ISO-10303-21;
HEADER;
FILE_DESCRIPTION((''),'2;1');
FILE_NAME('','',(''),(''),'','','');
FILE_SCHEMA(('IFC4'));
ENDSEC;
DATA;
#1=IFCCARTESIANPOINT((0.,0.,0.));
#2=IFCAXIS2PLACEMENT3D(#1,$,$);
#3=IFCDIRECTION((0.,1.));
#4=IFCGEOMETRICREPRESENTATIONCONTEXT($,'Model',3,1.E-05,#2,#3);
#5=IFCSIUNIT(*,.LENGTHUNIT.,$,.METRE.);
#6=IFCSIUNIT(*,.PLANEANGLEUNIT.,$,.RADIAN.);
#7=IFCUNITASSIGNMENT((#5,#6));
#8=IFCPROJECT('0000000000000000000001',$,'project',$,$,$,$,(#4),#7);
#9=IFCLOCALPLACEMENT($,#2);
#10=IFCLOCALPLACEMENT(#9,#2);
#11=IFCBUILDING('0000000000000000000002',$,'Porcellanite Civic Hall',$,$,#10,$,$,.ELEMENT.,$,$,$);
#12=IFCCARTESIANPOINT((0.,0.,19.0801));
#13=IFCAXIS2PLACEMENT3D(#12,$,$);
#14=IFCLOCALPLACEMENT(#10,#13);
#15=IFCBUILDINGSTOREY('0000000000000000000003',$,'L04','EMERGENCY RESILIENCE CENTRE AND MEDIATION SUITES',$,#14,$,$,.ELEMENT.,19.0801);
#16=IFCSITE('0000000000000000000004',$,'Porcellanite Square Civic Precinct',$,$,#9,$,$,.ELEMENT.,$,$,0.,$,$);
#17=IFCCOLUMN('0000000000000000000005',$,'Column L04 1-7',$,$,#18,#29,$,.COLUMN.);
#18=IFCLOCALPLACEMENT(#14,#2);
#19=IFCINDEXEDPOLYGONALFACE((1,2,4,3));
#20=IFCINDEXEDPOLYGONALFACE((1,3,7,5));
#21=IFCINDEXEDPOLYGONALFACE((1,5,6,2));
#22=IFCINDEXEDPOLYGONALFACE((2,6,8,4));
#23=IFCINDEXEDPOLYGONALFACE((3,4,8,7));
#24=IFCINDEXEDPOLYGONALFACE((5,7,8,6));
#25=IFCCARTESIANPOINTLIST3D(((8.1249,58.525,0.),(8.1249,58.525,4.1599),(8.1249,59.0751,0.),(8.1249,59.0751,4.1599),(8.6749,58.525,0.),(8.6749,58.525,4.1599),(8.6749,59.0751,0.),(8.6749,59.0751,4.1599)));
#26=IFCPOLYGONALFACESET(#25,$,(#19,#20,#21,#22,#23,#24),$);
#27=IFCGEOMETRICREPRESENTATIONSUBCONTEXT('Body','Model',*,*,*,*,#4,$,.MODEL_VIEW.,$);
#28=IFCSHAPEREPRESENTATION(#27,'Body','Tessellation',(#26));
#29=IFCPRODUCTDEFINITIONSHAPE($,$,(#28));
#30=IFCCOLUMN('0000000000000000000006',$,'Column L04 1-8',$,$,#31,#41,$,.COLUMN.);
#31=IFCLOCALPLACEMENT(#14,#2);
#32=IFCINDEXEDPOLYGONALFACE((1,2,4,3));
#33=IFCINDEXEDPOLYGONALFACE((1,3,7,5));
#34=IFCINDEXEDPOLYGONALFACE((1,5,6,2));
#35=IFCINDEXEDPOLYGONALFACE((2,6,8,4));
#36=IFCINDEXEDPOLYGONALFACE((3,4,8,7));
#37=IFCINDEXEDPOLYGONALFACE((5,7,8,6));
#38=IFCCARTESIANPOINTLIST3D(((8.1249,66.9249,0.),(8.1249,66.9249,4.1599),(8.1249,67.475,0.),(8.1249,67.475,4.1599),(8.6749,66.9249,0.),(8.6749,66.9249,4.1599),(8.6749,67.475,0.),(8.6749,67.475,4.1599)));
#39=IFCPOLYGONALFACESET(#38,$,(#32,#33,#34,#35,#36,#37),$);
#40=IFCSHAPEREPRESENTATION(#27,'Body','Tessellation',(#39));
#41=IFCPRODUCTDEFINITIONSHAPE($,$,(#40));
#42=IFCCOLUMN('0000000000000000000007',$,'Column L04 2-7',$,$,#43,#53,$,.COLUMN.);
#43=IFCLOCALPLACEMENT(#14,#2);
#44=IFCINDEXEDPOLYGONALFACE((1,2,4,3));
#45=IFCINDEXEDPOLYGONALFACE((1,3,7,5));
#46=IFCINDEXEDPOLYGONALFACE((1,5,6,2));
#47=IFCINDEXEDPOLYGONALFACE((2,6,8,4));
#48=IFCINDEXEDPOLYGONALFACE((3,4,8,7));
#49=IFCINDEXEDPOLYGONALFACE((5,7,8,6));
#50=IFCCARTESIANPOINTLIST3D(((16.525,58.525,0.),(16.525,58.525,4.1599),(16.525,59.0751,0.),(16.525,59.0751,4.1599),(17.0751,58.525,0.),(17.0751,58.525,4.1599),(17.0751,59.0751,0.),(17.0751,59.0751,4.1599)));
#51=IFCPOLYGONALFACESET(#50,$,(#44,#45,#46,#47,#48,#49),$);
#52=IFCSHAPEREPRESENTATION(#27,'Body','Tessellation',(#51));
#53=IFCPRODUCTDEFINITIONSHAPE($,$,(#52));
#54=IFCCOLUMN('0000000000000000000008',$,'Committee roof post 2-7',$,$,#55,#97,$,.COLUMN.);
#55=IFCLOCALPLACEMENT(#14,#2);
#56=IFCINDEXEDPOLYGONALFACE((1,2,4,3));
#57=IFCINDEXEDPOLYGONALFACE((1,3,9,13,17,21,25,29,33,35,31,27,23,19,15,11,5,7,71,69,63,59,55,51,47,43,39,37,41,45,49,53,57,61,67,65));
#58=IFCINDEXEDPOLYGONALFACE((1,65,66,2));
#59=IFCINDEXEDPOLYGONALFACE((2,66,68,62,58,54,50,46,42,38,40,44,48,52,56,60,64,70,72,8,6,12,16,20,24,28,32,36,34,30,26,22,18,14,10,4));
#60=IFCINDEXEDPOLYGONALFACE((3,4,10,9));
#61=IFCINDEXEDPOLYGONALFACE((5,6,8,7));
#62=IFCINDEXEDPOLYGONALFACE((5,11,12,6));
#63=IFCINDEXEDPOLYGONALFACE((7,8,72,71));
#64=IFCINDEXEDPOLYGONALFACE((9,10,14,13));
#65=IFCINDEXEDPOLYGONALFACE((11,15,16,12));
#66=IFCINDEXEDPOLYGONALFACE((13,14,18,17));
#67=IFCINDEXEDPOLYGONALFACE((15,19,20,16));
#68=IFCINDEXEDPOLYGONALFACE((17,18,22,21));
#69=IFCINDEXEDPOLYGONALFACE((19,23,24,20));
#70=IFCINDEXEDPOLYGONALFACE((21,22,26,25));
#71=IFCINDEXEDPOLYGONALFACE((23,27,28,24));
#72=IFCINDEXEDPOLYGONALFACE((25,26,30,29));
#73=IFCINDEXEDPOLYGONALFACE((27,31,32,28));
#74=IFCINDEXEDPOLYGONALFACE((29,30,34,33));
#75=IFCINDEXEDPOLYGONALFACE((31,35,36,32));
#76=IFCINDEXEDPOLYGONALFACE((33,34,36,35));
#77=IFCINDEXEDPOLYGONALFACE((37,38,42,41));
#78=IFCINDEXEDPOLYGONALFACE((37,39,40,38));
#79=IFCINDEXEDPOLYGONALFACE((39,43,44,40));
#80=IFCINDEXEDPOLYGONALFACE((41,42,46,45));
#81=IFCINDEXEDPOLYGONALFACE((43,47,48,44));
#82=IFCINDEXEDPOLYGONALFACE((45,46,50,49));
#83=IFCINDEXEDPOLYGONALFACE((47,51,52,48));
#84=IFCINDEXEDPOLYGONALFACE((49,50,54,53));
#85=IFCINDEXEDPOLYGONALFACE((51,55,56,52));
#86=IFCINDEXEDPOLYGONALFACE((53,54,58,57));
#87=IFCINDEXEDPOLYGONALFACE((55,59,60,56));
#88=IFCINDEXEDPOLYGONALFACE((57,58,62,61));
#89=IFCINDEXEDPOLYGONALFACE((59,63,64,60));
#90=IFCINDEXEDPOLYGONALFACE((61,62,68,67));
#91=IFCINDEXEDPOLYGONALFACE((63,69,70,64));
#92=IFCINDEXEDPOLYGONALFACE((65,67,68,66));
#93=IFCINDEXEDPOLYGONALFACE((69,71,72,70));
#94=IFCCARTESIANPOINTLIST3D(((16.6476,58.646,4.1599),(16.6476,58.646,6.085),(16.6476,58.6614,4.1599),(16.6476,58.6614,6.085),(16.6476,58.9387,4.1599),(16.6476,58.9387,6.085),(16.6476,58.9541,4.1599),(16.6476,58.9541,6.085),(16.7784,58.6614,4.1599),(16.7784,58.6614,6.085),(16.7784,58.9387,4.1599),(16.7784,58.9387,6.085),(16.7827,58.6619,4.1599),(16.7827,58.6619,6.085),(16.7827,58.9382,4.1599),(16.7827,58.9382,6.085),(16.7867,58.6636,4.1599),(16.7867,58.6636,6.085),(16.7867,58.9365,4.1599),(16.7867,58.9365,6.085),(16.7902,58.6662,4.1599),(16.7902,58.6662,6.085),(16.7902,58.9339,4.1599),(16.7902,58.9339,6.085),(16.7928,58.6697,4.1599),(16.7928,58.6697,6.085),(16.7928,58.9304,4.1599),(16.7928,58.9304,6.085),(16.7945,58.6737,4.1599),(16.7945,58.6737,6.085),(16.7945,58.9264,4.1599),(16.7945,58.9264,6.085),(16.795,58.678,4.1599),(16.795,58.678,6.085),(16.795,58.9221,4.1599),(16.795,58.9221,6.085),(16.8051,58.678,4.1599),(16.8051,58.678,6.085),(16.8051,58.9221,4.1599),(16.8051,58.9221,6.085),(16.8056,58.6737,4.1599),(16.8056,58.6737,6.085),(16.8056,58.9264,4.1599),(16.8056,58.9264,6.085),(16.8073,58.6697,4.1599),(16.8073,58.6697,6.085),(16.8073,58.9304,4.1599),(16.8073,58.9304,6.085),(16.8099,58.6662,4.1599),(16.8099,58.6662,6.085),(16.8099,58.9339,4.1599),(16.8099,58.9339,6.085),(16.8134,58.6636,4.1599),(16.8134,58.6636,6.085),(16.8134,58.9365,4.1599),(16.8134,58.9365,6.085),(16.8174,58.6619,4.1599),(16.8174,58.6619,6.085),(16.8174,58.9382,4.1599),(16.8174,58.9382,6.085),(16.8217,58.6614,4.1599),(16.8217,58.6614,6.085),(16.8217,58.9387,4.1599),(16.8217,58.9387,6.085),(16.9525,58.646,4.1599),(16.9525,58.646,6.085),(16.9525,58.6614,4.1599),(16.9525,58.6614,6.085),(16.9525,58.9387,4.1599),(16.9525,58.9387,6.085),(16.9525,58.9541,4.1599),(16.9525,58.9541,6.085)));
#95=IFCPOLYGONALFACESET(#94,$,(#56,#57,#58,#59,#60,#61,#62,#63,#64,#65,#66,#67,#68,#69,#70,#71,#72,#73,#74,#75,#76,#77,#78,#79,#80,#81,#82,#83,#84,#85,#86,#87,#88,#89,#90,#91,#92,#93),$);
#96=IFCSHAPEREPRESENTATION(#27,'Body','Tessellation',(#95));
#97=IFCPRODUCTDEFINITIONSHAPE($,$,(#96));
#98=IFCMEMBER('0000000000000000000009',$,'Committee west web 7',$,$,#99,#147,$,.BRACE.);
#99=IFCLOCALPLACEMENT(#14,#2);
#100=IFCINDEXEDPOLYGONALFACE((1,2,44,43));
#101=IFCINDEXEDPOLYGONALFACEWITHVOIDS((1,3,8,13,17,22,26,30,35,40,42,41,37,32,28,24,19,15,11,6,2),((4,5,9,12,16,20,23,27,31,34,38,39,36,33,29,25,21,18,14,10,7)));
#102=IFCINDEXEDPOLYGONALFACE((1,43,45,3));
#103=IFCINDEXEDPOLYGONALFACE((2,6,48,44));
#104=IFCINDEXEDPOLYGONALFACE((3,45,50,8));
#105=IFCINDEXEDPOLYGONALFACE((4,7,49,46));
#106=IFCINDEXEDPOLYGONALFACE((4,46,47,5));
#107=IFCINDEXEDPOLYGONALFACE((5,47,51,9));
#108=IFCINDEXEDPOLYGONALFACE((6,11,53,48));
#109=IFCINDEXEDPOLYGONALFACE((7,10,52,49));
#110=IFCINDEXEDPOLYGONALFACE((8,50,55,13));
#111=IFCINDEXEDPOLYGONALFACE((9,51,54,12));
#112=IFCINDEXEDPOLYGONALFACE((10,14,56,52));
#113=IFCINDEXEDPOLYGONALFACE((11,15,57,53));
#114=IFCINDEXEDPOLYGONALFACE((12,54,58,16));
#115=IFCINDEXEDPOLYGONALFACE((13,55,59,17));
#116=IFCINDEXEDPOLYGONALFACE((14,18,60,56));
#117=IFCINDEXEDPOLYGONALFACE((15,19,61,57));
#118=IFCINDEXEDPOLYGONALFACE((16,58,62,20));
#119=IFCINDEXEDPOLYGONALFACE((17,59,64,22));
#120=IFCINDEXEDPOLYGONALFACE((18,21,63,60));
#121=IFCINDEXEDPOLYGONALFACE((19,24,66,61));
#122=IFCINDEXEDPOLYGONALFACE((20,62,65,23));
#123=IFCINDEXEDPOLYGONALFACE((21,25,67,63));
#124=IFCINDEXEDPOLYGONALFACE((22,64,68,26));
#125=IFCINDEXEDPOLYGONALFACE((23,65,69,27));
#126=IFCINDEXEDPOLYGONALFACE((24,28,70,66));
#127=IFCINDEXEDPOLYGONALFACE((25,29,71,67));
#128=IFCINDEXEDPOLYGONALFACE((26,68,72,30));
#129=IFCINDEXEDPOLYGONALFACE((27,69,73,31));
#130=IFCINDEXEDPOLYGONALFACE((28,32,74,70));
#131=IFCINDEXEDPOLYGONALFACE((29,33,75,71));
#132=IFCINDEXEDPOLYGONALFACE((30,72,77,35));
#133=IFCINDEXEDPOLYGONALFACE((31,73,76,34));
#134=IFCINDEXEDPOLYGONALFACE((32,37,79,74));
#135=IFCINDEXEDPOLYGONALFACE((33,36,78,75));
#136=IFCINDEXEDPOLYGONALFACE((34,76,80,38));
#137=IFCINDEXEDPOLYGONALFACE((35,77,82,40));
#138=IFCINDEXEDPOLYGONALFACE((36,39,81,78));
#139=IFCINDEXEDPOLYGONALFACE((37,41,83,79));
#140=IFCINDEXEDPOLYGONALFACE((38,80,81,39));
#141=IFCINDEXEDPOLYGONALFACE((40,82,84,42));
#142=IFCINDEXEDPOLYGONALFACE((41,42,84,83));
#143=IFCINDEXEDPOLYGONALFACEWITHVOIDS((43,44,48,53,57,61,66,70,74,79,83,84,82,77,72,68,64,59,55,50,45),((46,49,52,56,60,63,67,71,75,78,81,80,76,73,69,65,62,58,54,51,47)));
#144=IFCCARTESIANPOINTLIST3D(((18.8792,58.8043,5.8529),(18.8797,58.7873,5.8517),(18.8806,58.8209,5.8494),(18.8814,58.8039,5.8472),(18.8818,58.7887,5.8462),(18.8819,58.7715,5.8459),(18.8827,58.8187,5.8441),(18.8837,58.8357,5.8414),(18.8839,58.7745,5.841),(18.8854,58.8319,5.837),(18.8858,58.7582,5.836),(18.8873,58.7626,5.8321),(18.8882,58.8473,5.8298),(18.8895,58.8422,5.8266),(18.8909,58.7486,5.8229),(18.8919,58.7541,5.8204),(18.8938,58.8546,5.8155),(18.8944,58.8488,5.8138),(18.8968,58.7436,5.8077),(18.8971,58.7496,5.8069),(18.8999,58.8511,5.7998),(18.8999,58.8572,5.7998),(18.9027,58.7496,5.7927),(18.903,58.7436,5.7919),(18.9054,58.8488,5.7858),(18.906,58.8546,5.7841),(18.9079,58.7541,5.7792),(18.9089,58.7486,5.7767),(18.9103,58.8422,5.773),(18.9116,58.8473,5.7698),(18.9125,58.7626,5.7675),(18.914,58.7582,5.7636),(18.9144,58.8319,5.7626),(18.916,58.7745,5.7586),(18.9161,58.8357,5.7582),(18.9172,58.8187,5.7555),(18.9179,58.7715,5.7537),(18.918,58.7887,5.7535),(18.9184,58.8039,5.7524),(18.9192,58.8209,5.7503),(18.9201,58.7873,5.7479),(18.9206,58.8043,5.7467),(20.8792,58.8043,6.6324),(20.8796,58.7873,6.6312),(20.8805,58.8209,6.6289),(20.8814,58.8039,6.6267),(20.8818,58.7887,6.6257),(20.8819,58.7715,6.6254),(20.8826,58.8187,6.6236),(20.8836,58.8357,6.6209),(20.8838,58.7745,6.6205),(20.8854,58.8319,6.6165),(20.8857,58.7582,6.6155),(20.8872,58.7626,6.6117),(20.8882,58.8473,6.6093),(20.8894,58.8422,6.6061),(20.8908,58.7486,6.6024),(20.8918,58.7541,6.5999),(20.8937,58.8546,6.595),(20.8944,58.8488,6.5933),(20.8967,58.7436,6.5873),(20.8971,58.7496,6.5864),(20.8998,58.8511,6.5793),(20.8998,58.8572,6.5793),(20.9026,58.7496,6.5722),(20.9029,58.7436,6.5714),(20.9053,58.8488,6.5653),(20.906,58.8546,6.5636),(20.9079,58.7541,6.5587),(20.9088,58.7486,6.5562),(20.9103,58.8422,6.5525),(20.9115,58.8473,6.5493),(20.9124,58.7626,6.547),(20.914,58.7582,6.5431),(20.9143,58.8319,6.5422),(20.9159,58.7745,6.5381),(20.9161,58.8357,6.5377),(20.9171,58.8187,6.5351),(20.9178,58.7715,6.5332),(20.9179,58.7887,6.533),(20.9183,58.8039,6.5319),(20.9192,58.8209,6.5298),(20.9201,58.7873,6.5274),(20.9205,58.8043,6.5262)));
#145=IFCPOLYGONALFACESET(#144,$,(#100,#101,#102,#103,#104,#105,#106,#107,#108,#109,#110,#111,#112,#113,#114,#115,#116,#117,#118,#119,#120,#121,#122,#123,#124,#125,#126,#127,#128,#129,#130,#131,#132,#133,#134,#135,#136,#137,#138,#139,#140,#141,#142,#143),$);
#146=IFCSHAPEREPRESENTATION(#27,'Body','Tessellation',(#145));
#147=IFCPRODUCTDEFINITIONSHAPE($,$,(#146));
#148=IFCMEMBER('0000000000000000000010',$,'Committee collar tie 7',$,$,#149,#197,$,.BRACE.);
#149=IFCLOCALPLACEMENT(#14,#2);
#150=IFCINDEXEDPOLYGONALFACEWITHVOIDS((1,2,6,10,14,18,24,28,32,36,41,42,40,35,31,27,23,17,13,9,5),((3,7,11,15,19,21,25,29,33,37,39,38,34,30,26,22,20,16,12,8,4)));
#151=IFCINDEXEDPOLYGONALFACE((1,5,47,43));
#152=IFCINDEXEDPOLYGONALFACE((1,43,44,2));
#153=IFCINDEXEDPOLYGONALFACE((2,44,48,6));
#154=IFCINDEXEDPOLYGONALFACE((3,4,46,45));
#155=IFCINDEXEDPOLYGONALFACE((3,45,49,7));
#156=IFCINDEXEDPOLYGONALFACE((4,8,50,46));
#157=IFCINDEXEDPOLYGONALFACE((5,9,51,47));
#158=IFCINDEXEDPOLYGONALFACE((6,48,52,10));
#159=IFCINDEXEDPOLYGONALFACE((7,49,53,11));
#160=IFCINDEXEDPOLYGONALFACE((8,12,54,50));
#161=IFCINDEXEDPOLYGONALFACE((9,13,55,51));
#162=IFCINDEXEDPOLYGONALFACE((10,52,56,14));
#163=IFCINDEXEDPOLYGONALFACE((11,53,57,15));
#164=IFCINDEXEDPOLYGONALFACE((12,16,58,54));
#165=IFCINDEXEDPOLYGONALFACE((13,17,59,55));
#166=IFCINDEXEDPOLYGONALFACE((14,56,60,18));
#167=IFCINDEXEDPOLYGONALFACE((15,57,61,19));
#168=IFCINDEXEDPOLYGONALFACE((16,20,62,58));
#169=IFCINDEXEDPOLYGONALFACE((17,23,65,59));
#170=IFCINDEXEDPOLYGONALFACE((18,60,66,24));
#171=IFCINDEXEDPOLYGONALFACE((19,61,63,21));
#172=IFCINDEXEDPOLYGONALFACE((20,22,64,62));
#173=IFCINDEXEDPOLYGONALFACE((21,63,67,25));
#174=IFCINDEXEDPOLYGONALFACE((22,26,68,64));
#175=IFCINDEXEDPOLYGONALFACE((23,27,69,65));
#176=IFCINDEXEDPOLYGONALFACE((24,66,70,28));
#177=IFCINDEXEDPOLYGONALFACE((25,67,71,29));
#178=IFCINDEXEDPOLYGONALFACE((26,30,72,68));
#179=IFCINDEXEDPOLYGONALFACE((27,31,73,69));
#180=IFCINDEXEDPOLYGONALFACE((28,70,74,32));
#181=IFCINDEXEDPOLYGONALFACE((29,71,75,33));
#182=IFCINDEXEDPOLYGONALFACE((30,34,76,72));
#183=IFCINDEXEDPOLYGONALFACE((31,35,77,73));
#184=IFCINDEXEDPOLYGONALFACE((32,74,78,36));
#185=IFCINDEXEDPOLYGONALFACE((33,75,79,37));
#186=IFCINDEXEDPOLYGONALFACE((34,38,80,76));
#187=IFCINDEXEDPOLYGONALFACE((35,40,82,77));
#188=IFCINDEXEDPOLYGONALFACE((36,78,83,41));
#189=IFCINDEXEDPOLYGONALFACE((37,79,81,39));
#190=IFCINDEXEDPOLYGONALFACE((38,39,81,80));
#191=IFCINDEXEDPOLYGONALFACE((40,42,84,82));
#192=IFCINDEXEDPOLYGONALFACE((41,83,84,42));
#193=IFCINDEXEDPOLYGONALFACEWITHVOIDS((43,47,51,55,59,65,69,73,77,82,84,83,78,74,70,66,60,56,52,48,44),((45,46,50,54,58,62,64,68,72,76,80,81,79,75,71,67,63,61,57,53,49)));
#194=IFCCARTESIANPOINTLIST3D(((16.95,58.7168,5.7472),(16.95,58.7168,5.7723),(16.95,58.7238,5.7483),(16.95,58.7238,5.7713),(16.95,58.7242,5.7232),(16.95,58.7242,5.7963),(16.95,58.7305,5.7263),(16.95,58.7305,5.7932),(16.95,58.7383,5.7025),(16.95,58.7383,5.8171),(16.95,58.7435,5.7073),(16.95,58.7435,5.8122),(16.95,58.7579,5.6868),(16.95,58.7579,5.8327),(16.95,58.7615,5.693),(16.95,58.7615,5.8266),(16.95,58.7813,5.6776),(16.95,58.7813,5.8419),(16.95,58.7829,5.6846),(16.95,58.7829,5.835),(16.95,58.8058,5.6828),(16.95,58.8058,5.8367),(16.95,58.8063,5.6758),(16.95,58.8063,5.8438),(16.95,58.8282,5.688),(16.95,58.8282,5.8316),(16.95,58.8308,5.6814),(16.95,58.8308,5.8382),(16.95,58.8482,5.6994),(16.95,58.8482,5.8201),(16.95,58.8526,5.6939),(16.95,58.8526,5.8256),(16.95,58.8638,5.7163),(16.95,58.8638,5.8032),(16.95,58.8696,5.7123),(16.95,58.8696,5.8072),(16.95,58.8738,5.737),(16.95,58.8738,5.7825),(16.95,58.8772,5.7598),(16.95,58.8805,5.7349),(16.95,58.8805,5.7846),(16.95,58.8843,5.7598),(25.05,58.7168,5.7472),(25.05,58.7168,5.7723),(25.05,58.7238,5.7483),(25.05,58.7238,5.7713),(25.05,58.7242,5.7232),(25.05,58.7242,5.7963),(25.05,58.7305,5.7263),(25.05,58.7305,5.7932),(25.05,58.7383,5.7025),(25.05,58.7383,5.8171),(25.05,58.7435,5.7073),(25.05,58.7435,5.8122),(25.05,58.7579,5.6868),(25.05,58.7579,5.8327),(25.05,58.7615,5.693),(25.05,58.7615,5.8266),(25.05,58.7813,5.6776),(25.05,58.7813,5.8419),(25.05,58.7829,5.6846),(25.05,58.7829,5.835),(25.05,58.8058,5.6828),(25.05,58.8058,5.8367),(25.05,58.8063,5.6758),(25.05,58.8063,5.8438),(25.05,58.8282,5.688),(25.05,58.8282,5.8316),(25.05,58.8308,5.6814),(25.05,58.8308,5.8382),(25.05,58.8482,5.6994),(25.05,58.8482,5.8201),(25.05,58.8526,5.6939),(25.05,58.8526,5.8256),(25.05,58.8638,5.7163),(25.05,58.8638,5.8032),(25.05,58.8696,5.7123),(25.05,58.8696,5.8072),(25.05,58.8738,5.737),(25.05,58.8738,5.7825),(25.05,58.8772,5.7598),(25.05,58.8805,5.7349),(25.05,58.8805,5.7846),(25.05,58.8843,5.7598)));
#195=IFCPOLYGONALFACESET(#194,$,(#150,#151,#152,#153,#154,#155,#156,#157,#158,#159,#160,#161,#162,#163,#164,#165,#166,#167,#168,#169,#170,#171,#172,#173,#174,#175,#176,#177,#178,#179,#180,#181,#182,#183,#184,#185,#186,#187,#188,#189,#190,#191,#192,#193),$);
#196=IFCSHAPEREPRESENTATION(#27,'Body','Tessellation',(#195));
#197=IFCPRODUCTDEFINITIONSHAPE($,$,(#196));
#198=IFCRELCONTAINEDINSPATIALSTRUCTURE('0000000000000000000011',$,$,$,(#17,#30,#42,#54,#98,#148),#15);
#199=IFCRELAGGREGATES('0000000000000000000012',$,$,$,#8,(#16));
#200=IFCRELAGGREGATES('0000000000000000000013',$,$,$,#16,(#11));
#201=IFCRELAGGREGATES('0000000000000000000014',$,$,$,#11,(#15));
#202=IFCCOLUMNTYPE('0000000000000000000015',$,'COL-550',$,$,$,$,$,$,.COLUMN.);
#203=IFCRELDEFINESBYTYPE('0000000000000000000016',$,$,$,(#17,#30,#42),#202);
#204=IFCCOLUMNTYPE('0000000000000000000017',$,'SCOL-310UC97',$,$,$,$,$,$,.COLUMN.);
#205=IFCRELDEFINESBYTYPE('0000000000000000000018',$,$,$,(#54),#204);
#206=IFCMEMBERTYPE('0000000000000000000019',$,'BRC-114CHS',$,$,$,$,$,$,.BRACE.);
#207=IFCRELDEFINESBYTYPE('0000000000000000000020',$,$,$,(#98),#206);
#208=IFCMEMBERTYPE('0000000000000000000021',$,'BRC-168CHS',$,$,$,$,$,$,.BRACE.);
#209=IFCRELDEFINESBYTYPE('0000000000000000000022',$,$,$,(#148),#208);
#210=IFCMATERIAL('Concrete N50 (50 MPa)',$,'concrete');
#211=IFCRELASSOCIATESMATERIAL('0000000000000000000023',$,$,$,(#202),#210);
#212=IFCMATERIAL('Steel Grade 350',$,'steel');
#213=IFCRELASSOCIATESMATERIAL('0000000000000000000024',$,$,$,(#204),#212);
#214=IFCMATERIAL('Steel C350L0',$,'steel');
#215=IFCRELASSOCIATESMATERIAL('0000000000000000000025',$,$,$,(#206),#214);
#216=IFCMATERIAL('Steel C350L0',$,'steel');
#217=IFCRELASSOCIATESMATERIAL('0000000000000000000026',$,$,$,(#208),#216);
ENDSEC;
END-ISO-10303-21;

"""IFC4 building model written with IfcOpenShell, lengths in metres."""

from ifc_helpers import new_model, si_unit, direction, frame, origin, origin_2d, place, context, subcontext, project, spatial, rectangle, hollow_circle, i_section, extrude, material, material_profile, profile_set, type_object, element, save


model = new_model("IFC4")

# Units and contexts
model_context = context("Model", 3, precision=1e-05, world=origin(), true_north=direction((0.0, 1.0)))
body_context = subcontext(model_context, "Body", "Model", "MODEL_VIEW")
ifc_project = project(units=[si_unit("LENGTHUNIT", "METRE"), si_unit("PLANEANGLEUNIT", "RADIAN")], contexts=[model_context])

# Site, building, storey
site_placement = place(None, origin())
site = spatial("IfcSite", under=ifc_project, at=site_placement, Name="Porcellanite Square Civic Precinct", CompositionType="ELEMENT", RefElevation=0.0)
building_placement = place(site_placement, origin())
building = spatial("IfcBuilding", under=site, at=building_placement, Name="Porcellanite Civic Hall", CompositionType="ELEMENT")
storey_placement = place(building_placement, frame((0.0, 0.0, 19.0801)))
storey = spatial("IfcBuildingStorey", under=building, at=storey_placement, Name="L04", Description="EMERGENCY RESILIENCE CENTRE AND MEDIATION SUITES", CompositionType="ELEMENT", Elevation=19.0801)

# Columns
ifc_material_1 = material(Name="Concrete N50 (50 MPa)", Category="concrete")
ifc_material_profile_1 = material_profile(ifc_material_1, rectangle(XDim=0.55, YDim=0.55, at=origin_2d()), Name="RC-550x550")
ifc_profile_set_1 = profile_set([ifc_material_profile_1], Name="Concrete N50 (50 MPa)")
column_type_1 = type_object("IfcColumnType", Name="COL-550", PredefinedType="COLUMN", material=ifc_profile_set_1)
for number, where, z_axis, x_axis, name in (
    (1, (8.3999, 58.8, 0.0), (0.0, 0.0, 1.0), (1.0, 0.0, 0.0), "Column L04 1-7"),
    (2, (8.3999, 67.2, 0.0), (0.0, 0.0, 1.0), (1.0, 0.0, 0.0), "Column L04 1-8"),
    (3, (16.8, 58.8, 0.0), (0.0, 0.0, 1.0), (1.0, 0.0, 0.0), "Column L04 2-7"),
):
    element("IfcColumn", number, at=place(storey_placement, frame(where, z_axis=z_axis, x_axis=x_axis)), inside=storey, type_object=column_type_1, Name=name, PredefinedType="COLUMN", context=body_context, shape_type="SweptSolid", body=[
        extrude(rectangle(XDim=0.55, YDim=0.55, at=origin_2d()), origin(), (0.0, 0.0, 1.0), 4.1599),
    ])
ifc_material_2 = material(Name="Steel Grade 350", Category="steel")
ifc_material_profile_2 = material_profile(ifc_material_2, i_section(OverallWidth=0.3049, OverallDepth=0.3081, WebThickness=0.01, FlangeThickness=0.0154, FilletRadius=0.0166, at=origin_2d()), Name="310UC96.8")
ifc_profile_set_2 = profile_set([ifc_material_profile_2], Name="Steel Grade 350")
column_type_2 = type_object("IfcColumnType", Name="SCOL-310UC97", PredefinedType="COLUMN", material=ifc_profile_set_2)
column_placement = place(storey_placement, frame((16.8, 58.8, 4.1599), z_axis=(0.0, 0.0, 1.0), x_axis=(1.0, 0.0, 0.0)))
element("IfcColumn", 4, at=column_placement, inside=storey, type_object=column_type_2, Name="Committee roof post 2-7", PredefinedType="COLUMN", context=body_context, shape_type="SweptSolid", body=[
    extrude(i_section(OverallWidth=0.3049, OverallDepth=0.3081, WebThickness=0.01, FlangeThickness=0.0154, FilletRadius=0.0166, at=origin_2d()), origin(), (0.0, 0.0, 1.0), 1.925),
])

# Members
ifc_material_3 = material(Name="Steel C350L0", Category="steel")
ifc_material_profile_3 = material_profile(ifc_material_3, hollow_circle(Radius=0.0571, WallThickness=0.0061, at=origin_2d()), Name="114.3x6.0CHS")
ifc_profile_set_3 = profile_set([ifc_material_profile_3], Name="Steel C350L0")
member_type_1 = type_object("IfcMemberType", Name="BRC-114CHS", PredefinedType="BRACE", material=ifc_profile_set_3)
member_1_placement = place(storey_placement, frame((18.8999, 58.8, 5.7998), z_axis=(0.931727, 0.0, 0.36316), x_axis=(0.0, 1.0, 0.0)))
element("IfcMember", 5, at=member_1_placement, inside=storey, type_object=member_type_1, Name="Committee west web 7", PredefinedType="BRACE", context=body_context, shape_type="SweptSolid", body=[
    extrude(hollow_circle(Radius=0.0571, WallThickness=0.0061, at=origin_2d()), origin(), (0.0, 0.0, 1.0), 2.1465),
])
ifc_material_4 = material(Name="Steel C350L0", Category="steel")
ifc_material_profile_4 = material_profile(ifc_material_4, hollow_circle(Radius=0.0842, WallThickness=0.0071, at=origin_2d()), Name="168.3x7.1CHS")
ifc_profile_set_4 = profile_set([ifc_material_profile_4], Name="Steel C350L0")
member_type_2 = type_object("IfcMemberType", Name="BRC-168CHS", PredefinedType="BRACE", material=ifc_profile_set_4)
member_2_placement = place(storey_placement, frame((16.95, 58.8, 5.7598), z_axis=(1.0, 0.0, 0.0), x_axis=(0.0, 1.0, 0.0)))
element("IfcMember", 6, at=member_2_placement, inside=storey, type_object=member_type_2, Name="Committee collar tie 7", PredefinedType="BRACE", context=body_context, shape_type="SweptSolid", body=[
    extrude(hollow_circle(Radius=0.0842, WallThickness=0.0071, at=origin_2d()), origin(), (0.0, 0.0, 1.0), 8.1001),
])

save(model, "model.ifc")
